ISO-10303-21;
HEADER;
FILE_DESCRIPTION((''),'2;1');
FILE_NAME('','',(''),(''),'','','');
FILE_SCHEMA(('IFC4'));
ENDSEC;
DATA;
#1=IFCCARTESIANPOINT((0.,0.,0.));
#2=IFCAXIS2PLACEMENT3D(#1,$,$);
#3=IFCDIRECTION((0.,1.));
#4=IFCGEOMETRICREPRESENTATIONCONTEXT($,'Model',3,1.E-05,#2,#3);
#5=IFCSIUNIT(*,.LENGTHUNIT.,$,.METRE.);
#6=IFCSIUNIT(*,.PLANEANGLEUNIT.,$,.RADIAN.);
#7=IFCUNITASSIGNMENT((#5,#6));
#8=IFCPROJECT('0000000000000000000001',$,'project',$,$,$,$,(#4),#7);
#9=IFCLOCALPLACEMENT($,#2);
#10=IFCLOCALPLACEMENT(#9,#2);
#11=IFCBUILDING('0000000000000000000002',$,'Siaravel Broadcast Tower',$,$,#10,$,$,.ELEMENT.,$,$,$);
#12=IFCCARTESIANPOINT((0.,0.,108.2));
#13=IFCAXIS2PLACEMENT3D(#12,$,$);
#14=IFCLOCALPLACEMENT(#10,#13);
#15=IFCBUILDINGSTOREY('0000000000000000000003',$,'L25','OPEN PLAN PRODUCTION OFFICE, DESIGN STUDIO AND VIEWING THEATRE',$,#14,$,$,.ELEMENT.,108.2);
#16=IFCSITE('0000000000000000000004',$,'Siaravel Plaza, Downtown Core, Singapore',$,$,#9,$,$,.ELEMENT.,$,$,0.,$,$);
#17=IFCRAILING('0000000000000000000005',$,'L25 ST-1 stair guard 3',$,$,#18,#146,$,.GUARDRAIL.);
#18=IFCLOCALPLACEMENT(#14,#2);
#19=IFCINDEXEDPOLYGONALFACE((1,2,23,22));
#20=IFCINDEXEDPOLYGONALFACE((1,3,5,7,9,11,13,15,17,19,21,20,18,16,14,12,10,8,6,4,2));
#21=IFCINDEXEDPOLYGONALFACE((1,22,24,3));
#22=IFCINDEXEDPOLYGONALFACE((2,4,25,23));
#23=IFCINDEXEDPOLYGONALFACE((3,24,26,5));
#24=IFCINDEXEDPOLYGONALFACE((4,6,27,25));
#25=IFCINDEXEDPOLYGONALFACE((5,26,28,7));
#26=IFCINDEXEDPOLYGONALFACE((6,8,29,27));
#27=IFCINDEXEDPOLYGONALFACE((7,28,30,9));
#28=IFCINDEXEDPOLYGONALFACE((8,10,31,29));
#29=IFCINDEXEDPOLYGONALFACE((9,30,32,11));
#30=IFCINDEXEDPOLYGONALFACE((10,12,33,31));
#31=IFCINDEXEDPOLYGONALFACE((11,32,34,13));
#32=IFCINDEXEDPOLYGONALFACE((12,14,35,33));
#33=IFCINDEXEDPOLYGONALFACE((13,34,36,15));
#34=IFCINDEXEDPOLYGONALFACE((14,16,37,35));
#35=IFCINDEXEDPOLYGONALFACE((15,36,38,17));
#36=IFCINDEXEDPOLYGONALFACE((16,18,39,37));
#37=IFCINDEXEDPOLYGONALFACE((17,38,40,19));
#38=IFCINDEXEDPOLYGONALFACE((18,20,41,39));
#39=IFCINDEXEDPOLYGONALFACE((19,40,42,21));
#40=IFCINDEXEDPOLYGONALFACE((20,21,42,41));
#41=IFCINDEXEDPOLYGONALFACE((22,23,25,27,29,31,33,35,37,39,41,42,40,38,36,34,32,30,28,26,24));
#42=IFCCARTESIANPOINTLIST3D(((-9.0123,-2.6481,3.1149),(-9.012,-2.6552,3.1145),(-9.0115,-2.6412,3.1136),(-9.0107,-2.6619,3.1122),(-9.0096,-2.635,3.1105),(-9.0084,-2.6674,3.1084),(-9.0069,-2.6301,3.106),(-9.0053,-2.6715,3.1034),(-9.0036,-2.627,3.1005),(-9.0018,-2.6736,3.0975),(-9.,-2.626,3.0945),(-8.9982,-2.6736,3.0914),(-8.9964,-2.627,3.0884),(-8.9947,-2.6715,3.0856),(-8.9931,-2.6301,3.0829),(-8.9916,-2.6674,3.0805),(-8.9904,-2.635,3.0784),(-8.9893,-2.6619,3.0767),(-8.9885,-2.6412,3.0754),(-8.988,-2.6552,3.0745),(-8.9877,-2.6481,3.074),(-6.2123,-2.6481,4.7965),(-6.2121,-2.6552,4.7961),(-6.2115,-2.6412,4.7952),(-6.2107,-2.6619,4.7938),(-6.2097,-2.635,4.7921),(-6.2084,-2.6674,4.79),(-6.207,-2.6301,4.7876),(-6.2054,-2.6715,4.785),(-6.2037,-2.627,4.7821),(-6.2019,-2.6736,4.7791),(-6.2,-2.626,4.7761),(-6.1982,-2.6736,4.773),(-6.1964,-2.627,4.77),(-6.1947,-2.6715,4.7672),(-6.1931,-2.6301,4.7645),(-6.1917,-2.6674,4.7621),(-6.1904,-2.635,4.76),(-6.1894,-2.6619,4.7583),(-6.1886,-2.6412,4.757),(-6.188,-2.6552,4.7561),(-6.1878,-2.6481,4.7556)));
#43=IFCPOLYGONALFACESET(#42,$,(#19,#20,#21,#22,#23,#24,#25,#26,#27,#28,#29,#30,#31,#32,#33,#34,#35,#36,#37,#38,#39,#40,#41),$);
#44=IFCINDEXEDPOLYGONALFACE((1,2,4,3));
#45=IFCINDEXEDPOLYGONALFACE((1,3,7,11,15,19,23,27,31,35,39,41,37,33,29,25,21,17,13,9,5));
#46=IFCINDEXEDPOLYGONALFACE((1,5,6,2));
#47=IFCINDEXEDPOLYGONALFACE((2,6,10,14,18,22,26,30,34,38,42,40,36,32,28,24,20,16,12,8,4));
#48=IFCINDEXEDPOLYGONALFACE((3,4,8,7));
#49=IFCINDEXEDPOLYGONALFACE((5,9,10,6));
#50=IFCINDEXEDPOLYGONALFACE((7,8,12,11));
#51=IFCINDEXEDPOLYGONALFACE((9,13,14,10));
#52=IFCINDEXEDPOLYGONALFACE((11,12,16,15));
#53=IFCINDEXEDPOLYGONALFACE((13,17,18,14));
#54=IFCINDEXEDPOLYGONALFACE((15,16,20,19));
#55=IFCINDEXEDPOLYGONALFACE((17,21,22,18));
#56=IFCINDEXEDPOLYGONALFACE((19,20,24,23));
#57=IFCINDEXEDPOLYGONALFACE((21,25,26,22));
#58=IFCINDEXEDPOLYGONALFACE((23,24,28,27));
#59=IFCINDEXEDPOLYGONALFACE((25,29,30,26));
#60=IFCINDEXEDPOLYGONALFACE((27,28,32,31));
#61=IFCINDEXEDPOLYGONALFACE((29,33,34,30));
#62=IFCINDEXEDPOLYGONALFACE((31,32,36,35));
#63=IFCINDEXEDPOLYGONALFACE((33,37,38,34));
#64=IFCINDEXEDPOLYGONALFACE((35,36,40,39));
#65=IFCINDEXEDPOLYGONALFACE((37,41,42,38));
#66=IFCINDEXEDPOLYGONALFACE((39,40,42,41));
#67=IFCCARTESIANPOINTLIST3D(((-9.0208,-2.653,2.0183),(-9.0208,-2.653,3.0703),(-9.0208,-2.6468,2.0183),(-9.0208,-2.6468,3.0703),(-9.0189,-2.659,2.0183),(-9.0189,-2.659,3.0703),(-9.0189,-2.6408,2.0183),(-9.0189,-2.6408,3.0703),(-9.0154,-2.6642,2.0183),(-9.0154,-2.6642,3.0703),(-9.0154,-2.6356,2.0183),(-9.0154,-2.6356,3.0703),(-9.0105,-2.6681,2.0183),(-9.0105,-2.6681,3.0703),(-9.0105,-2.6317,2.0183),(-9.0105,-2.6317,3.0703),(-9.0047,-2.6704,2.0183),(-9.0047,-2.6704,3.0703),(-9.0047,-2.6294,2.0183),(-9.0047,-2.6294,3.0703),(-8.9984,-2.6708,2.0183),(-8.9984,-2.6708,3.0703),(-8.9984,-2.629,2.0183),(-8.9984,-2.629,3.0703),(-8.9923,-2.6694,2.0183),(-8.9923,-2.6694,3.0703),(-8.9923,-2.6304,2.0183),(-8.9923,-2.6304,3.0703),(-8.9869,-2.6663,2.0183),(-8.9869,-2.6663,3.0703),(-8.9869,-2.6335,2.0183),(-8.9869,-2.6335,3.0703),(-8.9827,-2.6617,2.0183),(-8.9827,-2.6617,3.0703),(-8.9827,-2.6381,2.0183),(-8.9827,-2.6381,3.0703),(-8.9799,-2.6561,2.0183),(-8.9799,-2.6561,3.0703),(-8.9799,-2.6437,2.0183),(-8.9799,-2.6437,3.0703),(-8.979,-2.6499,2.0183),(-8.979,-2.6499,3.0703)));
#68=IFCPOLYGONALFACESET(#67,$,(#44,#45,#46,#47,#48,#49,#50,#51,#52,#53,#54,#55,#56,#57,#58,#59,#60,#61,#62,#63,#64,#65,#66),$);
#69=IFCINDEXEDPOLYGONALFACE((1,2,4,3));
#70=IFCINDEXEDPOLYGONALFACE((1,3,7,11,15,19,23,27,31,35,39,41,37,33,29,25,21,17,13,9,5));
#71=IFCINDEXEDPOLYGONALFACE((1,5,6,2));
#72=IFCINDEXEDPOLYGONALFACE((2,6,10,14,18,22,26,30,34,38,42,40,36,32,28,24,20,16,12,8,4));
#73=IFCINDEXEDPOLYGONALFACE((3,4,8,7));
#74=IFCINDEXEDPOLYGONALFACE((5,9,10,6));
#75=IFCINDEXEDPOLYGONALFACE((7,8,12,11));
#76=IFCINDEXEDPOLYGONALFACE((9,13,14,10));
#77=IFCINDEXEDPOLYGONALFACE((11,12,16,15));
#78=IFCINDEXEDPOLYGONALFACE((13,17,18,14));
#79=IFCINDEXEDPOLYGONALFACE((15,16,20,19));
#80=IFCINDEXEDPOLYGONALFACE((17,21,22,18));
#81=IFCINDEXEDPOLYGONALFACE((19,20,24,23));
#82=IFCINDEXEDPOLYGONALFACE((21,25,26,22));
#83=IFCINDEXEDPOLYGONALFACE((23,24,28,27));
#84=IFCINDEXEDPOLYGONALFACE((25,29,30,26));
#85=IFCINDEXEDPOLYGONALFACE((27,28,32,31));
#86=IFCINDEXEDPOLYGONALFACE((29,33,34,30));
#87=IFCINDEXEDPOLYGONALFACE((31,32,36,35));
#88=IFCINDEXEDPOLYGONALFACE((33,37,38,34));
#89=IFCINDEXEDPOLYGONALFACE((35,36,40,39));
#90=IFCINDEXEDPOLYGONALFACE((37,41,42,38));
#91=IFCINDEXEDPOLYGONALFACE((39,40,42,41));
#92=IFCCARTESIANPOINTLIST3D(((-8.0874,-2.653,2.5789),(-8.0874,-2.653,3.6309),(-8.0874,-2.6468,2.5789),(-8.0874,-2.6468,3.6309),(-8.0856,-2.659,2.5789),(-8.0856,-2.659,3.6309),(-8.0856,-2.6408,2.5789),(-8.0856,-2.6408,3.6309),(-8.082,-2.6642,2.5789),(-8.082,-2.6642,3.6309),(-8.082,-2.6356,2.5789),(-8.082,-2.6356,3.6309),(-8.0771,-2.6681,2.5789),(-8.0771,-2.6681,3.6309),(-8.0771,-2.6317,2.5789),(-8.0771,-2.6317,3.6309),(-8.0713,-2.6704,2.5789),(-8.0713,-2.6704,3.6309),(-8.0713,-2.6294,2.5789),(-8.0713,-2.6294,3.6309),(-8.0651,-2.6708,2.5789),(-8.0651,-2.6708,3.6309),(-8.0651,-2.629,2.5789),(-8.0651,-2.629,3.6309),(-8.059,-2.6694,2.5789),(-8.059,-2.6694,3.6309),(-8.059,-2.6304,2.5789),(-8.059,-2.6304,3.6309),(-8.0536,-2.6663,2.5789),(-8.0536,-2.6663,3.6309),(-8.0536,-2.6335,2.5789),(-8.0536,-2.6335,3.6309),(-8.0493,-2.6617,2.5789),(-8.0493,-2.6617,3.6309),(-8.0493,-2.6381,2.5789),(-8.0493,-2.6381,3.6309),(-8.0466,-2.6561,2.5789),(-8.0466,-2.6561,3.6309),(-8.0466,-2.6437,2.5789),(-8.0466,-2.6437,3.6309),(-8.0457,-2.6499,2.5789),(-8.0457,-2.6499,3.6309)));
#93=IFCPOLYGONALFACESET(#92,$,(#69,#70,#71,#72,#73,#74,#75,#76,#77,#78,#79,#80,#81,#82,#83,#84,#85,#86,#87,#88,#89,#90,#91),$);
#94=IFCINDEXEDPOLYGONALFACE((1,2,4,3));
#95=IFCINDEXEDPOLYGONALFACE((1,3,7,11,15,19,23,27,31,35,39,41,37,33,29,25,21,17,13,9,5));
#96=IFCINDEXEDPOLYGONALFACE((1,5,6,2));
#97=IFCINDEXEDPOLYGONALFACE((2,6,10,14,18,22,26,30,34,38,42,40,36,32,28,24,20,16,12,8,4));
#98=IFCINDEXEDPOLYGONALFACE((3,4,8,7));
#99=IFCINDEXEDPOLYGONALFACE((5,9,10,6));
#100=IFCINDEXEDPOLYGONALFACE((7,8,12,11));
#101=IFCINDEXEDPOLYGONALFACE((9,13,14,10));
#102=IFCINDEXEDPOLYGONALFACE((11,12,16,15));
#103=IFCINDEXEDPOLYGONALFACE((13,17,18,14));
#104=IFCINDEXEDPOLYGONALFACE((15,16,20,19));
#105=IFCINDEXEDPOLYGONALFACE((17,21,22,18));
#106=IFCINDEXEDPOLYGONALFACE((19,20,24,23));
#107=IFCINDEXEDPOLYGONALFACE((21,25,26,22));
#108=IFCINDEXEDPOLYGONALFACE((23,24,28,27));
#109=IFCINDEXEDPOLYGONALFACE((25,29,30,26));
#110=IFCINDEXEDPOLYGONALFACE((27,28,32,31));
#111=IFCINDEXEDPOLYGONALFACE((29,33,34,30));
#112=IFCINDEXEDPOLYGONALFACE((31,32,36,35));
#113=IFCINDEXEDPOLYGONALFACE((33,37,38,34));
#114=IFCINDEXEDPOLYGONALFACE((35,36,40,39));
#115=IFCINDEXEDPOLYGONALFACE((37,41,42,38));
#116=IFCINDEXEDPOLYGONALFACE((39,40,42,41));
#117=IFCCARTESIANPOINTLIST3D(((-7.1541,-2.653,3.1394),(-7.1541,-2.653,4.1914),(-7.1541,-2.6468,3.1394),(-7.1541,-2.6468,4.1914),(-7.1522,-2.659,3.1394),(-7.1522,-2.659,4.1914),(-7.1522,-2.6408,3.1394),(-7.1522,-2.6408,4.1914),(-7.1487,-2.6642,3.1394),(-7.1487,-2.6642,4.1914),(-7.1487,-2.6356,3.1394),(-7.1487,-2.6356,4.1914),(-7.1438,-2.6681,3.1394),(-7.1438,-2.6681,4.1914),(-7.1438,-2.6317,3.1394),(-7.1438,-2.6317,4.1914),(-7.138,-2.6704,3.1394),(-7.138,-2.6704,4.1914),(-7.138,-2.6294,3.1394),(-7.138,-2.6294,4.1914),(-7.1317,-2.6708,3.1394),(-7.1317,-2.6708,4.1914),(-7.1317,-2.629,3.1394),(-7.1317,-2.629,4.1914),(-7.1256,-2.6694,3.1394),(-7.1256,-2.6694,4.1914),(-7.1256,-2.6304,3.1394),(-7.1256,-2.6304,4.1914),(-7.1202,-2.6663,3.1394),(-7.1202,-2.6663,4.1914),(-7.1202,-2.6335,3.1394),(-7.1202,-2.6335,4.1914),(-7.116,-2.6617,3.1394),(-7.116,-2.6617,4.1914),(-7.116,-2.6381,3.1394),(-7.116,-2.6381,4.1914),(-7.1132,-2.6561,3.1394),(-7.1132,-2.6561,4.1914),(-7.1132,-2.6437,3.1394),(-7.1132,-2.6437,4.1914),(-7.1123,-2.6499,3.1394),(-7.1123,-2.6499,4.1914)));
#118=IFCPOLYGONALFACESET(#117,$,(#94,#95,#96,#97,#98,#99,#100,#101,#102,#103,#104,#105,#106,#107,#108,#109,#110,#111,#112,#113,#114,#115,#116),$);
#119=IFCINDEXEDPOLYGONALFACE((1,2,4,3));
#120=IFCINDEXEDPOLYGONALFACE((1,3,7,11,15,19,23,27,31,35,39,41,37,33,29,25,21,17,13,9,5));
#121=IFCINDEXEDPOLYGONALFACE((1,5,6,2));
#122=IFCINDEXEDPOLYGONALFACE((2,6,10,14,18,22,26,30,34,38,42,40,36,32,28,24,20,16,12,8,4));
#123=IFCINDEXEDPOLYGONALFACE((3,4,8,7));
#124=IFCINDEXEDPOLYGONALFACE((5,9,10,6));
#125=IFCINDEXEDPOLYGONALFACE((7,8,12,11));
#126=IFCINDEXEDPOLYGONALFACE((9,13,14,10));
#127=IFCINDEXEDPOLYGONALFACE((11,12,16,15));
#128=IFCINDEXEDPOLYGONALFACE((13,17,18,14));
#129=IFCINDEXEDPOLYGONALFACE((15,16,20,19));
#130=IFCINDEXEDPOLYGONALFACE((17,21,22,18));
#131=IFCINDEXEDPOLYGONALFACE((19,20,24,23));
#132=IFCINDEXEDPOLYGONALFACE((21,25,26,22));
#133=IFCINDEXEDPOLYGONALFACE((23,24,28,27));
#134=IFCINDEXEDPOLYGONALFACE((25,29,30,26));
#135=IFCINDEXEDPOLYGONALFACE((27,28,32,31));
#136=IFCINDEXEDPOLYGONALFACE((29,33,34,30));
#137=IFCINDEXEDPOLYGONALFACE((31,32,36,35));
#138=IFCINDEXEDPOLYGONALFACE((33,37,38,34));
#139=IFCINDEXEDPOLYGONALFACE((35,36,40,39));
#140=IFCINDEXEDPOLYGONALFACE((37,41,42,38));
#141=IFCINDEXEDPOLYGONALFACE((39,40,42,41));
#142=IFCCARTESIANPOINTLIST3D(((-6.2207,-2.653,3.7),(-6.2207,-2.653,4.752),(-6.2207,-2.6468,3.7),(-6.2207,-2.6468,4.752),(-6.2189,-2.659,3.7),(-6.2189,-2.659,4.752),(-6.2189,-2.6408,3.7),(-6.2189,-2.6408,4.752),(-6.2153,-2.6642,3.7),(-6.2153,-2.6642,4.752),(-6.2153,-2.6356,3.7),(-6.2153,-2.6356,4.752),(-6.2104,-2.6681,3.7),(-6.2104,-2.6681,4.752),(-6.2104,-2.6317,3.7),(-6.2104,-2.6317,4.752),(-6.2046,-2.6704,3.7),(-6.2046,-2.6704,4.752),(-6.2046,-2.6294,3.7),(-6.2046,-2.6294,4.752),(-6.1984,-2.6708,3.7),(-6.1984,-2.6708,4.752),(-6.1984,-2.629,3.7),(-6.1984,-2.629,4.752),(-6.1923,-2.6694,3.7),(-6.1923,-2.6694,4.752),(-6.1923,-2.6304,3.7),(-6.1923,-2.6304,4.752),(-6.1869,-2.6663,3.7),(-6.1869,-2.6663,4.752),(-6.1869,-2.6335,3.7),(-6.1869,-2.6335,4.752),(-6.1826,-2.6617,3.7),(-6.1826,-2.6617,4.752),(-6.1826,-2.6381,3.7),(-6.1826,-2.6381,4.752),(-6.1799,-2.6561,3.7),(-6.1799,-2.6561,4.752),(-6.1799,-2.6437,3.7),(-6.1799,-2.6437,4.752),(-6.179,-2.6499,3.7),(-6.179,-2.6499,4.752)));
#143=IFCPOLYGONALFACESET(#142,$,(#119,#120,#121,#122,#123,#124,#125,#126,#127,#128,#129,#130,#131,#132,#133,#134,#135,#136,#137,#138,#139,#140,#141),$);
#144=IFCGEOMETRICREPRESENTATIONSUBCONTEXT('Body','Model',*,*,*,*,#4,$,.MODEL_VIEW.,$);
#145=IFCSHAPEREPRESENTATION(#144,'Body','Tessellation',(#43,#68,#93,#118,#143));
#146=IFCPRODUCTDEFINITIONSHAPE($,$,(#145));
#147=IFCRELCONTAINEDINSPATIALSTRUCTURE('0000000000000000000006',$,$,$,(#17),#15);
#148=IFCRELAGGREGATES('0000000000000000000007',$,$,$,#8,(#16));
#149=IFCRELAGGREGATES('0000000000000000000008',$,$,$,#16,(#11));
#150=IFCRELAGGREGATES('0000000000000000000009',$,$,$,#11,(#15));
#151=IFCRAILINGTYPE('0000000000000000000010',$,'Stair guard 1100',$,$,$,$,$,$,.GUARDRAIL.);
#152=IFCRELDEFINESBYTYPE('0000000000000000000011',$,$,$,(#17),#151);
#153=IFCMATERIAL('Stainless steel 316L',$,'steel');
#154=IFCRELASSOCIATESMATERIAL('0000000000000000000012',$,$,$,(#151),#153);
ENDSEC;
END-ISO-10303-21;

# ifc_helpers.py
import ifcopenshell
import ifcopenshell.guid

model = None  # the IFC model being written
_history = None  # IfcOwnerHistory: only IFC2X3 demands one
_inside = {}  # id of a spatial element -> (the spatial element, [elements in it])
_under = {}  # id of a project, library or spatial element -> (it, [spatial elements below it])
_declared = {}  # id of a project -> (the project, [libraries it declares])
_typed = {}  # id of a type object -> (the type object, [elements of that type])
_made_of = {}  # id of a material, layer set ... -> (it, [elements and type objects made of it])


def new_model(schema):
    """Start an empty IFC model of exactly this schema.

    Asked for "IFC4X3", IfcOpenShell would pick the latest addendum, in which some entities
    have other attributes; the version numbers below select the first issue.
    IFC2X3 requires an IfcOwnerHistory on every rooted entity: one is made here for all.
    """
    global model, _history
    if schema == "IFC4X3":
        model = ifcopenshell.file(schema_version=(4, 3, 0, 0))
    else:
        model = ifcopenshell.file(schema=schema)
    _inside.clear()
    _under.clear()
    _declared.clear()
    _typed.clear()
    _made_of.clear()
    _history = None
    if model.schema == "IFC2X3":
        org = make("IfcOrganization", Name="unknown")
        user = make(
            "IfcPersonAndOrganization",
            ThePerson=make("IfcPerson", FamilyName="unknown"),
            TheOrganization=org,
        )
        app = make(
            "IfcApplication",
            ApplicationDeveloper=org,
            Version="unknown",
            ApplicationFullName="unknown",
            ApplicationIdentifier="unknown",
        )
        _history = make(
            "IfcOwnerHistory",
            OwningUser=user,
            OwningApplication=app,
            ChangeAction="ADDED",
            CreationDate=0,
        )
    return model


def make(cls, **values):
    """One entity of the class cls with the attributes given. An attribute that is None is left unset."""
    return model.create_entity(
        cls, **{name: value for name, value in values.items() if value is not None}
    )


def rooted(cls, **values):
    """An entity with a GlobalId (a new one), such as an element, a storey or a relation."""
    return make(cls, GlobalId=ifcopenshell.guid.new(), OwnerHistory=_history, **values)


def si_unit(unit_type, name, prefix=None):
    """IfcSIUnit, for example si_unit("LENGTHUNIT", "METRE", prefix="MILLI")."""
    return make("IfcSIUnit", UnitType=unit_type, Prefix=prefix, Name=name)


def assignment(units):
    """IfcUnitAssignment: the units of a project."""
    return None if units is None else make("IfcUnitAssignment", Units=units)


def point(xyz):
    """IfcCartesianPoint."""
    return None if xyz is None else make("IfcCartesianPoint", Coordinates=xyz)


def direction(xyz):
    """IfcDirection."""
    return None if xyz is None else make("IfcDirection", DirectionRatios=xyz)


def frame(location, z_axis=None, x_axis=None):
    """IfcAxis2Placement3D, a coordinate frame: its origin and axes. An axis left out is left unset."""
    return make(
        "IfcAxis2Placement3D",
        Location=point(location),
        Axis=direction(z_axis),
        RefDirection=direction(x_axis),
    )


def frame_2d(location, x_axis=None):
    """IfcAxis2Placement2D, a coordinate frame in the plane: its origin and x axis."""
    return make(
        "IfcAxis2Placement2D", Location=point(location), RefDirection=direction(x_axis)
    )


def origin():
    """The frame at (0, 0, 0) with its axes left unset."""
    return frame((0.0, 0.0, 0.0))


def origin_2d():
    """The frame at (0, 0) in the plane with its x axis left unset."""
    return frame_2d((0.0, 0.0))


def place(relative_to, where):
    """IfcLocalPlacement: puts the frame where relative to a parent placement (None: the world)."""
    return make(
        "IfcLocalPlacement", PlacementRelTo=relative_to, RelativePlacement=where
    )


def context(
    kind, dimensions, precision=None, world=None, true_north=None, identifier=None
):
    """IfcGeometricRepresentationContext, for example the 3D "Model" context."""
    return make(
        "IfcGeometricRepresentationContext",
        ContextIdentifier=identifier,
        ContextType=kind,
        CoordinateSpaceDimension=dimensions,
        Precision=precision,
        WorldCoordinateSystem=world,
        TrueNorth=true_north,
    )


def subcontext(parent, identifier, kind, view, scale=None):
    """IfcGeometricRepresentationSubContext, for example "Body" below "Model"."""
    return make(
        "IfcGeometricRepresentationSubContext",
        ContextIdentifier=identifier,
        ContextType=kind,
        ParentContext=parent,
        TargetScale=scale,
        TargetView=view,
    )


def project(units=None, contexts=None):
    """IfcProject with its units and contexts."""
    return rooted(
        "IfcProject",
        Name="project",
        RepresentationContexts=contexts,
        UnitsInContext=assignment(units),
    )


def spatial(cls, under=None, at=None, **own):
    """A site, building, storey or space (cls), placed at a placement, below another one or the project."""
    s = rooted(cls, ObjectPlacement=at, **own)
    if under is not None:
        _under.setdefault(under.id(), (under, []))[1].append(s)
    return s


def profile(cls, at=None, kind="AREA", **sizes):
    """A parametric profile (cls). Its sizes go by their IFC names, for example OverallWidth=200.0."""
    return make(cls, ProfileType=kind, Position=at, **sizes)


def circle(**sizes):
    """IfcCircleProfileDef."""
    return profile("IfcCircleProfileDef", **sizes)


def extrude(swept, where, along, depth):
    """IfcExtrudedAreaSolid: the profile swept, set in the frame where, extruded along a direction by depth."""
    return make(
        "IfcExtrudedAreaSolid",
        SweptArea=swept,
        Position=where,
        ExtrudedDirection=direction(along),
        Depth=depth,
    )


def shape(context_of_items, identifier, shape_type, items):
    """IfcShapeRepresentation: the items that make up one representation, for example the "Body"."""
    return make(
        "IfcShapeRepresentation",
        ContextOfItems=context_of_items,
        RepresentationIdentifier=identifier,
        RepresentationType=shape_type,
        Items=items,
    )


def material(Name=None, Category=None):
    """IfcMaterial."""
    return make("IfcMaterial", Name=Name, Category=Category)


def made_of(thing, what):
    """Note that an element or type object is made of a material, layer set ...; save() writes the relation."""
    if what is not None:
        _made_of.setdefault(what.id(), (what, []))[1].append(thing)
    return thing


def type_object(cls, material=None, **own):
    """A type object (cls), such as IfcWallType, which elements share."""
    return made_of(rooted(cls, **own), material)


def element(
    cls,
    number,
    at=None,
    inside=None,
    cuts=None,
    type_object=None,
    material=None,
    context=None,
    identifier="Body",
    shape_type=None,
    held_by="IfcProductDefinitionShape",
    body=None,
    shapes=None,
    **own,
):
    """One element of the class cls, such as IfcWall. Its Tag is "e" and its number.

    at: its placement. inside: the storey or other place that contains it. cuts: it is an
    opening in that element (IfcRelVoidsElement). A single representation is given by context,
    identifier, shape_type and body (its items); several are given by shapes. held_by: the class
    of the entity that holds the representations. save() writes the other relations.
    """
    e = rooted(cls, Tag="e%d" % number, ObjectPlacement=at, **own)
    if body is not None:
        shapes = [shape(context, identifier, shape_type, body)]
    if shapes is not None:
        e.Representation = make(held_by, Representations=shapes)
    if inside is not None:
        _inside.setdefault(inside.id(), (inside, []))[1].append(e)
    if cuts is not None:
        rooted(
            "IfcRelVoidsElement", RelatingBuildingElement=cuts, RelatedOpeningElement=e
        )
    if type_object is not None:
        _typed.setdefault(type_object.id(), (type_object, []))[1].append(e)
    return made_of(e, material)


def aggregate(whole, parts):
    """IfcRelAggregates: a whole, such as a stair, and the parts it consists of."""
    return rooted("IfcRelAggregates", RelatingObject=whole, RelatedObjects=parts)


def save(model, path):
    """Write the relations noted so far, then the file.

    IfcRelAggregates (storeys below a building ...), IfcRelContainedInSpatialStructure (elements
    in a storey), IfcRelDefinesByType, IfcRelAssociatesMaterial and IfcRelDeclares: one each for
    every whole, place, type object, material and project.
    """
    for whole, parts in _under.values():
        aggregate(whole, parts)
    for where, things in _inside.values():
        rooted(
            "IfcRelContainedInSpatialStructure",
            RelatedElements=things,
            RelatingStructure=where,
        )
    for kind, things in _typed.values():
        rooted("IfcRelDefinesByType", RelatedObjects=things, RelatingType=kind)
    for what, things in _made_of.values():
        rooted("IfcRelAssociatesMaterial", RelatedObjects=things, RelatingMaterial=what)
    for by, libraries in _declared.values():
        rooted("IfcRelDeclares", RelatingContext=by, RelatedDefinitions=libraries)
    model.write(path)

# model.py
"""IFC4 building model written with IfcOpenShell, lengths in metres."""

from ifc_helpers import new_model, si_unit, direction, frame, origin, origin_2d, place, context, subcontext, project, spatial, circle, extrude, material, type_object, element, save


model = new_model("IFC4")

# Units and contexts
model_context = context("Model", 3, precision=1e-05, world=origin(), true_north=direction((0.0, 1.0)))
body_context = subcontext(model_context, "Body", "Model", "MODEL_VIEW")
ifc_project = project(units=[si_unit("LENGTHUNIT", "METRE"), si_unit("PLANEANGLEUNIT", "RADIAN")], contexts=[model_context])

# Site, building, storey
site_placement = place(None, origin())
site = spatial("IfcSite", under=ifc_project, at=site_placement, Name="Siaravel Plaza, Downtown Core, Singapore", CompositionType="ELEMENT", RefElevation=0.0)
building_placement = place(site_placement, origin())
building = spatial("IfcBuilding", under=site, at=building_placement, Name="Siaravel Broadcast Tower", CompositionType="ELEMENT")
storey_placement = place(building_placement, frame((0.0, 0.0, 108.2)))
storey = spatial("IfcBuildingStorey", under=building, at=storey_placement, Name="L25", Description="OPEN PLAN PRODUCTION OFFICE, DESIGN STUDIO AND VIEWING THEATRE", CompositionType="ELEMENT", Elevation=108.2)

# Shared definitions
ifc_material_1 = material(Name="Stainless steel 316L", Category="steel")

# Railing
railing_type_1 = type_object("IfcRailingType", Name="Stair guard 1100", PredefinedType="GUARDRAIL", material=ifc_material_1)
railing_1_placement = place(storey_placement, frame((-9.0, -2.6499, 2.0183)))
element("IfcRailing", 1, at=railing_1_placement, inside=storey, type_object=railing_type_1, Name="L25 ST-1 stair guard 3", PredefinedType="GUARDRAIL", context=body_context, shape_type="SweptSolid", body=[
    extrude(circle(Radius=0.0239, at=origin_2d()), frame((0.0, 0.0, 1.0762), z_axis=(0.857275, 0.0, 0.514858), x_axis=(0.0, 1.0, 0.0)), (0.0, 0.0, 1.0), 3.2661),
    extrude(circle(Radius=0.021, at=origin_2d()), origin(), (0.0, 0.0, 1.0), 1.052),
    extrude(circle(Radius=0.021, at=origin_2d()), frame((0.9333, 0.0, 0.5605)), (0.0, 0.0, 1.0), 1.052),
    extrude(circle(Radius=0.021, at=origin_2d()), frame((1.8667, 0.0, 1.1211)), (0.0, 0.0, 1.0), 1.052),
    extrude(circle(Radius=0.021, at=origin_2d()), frame((2.8, 0.0, 1.6816)), (0.0, 0.0, 1.0), 1.052),
])

save(model, "model.ifc")
